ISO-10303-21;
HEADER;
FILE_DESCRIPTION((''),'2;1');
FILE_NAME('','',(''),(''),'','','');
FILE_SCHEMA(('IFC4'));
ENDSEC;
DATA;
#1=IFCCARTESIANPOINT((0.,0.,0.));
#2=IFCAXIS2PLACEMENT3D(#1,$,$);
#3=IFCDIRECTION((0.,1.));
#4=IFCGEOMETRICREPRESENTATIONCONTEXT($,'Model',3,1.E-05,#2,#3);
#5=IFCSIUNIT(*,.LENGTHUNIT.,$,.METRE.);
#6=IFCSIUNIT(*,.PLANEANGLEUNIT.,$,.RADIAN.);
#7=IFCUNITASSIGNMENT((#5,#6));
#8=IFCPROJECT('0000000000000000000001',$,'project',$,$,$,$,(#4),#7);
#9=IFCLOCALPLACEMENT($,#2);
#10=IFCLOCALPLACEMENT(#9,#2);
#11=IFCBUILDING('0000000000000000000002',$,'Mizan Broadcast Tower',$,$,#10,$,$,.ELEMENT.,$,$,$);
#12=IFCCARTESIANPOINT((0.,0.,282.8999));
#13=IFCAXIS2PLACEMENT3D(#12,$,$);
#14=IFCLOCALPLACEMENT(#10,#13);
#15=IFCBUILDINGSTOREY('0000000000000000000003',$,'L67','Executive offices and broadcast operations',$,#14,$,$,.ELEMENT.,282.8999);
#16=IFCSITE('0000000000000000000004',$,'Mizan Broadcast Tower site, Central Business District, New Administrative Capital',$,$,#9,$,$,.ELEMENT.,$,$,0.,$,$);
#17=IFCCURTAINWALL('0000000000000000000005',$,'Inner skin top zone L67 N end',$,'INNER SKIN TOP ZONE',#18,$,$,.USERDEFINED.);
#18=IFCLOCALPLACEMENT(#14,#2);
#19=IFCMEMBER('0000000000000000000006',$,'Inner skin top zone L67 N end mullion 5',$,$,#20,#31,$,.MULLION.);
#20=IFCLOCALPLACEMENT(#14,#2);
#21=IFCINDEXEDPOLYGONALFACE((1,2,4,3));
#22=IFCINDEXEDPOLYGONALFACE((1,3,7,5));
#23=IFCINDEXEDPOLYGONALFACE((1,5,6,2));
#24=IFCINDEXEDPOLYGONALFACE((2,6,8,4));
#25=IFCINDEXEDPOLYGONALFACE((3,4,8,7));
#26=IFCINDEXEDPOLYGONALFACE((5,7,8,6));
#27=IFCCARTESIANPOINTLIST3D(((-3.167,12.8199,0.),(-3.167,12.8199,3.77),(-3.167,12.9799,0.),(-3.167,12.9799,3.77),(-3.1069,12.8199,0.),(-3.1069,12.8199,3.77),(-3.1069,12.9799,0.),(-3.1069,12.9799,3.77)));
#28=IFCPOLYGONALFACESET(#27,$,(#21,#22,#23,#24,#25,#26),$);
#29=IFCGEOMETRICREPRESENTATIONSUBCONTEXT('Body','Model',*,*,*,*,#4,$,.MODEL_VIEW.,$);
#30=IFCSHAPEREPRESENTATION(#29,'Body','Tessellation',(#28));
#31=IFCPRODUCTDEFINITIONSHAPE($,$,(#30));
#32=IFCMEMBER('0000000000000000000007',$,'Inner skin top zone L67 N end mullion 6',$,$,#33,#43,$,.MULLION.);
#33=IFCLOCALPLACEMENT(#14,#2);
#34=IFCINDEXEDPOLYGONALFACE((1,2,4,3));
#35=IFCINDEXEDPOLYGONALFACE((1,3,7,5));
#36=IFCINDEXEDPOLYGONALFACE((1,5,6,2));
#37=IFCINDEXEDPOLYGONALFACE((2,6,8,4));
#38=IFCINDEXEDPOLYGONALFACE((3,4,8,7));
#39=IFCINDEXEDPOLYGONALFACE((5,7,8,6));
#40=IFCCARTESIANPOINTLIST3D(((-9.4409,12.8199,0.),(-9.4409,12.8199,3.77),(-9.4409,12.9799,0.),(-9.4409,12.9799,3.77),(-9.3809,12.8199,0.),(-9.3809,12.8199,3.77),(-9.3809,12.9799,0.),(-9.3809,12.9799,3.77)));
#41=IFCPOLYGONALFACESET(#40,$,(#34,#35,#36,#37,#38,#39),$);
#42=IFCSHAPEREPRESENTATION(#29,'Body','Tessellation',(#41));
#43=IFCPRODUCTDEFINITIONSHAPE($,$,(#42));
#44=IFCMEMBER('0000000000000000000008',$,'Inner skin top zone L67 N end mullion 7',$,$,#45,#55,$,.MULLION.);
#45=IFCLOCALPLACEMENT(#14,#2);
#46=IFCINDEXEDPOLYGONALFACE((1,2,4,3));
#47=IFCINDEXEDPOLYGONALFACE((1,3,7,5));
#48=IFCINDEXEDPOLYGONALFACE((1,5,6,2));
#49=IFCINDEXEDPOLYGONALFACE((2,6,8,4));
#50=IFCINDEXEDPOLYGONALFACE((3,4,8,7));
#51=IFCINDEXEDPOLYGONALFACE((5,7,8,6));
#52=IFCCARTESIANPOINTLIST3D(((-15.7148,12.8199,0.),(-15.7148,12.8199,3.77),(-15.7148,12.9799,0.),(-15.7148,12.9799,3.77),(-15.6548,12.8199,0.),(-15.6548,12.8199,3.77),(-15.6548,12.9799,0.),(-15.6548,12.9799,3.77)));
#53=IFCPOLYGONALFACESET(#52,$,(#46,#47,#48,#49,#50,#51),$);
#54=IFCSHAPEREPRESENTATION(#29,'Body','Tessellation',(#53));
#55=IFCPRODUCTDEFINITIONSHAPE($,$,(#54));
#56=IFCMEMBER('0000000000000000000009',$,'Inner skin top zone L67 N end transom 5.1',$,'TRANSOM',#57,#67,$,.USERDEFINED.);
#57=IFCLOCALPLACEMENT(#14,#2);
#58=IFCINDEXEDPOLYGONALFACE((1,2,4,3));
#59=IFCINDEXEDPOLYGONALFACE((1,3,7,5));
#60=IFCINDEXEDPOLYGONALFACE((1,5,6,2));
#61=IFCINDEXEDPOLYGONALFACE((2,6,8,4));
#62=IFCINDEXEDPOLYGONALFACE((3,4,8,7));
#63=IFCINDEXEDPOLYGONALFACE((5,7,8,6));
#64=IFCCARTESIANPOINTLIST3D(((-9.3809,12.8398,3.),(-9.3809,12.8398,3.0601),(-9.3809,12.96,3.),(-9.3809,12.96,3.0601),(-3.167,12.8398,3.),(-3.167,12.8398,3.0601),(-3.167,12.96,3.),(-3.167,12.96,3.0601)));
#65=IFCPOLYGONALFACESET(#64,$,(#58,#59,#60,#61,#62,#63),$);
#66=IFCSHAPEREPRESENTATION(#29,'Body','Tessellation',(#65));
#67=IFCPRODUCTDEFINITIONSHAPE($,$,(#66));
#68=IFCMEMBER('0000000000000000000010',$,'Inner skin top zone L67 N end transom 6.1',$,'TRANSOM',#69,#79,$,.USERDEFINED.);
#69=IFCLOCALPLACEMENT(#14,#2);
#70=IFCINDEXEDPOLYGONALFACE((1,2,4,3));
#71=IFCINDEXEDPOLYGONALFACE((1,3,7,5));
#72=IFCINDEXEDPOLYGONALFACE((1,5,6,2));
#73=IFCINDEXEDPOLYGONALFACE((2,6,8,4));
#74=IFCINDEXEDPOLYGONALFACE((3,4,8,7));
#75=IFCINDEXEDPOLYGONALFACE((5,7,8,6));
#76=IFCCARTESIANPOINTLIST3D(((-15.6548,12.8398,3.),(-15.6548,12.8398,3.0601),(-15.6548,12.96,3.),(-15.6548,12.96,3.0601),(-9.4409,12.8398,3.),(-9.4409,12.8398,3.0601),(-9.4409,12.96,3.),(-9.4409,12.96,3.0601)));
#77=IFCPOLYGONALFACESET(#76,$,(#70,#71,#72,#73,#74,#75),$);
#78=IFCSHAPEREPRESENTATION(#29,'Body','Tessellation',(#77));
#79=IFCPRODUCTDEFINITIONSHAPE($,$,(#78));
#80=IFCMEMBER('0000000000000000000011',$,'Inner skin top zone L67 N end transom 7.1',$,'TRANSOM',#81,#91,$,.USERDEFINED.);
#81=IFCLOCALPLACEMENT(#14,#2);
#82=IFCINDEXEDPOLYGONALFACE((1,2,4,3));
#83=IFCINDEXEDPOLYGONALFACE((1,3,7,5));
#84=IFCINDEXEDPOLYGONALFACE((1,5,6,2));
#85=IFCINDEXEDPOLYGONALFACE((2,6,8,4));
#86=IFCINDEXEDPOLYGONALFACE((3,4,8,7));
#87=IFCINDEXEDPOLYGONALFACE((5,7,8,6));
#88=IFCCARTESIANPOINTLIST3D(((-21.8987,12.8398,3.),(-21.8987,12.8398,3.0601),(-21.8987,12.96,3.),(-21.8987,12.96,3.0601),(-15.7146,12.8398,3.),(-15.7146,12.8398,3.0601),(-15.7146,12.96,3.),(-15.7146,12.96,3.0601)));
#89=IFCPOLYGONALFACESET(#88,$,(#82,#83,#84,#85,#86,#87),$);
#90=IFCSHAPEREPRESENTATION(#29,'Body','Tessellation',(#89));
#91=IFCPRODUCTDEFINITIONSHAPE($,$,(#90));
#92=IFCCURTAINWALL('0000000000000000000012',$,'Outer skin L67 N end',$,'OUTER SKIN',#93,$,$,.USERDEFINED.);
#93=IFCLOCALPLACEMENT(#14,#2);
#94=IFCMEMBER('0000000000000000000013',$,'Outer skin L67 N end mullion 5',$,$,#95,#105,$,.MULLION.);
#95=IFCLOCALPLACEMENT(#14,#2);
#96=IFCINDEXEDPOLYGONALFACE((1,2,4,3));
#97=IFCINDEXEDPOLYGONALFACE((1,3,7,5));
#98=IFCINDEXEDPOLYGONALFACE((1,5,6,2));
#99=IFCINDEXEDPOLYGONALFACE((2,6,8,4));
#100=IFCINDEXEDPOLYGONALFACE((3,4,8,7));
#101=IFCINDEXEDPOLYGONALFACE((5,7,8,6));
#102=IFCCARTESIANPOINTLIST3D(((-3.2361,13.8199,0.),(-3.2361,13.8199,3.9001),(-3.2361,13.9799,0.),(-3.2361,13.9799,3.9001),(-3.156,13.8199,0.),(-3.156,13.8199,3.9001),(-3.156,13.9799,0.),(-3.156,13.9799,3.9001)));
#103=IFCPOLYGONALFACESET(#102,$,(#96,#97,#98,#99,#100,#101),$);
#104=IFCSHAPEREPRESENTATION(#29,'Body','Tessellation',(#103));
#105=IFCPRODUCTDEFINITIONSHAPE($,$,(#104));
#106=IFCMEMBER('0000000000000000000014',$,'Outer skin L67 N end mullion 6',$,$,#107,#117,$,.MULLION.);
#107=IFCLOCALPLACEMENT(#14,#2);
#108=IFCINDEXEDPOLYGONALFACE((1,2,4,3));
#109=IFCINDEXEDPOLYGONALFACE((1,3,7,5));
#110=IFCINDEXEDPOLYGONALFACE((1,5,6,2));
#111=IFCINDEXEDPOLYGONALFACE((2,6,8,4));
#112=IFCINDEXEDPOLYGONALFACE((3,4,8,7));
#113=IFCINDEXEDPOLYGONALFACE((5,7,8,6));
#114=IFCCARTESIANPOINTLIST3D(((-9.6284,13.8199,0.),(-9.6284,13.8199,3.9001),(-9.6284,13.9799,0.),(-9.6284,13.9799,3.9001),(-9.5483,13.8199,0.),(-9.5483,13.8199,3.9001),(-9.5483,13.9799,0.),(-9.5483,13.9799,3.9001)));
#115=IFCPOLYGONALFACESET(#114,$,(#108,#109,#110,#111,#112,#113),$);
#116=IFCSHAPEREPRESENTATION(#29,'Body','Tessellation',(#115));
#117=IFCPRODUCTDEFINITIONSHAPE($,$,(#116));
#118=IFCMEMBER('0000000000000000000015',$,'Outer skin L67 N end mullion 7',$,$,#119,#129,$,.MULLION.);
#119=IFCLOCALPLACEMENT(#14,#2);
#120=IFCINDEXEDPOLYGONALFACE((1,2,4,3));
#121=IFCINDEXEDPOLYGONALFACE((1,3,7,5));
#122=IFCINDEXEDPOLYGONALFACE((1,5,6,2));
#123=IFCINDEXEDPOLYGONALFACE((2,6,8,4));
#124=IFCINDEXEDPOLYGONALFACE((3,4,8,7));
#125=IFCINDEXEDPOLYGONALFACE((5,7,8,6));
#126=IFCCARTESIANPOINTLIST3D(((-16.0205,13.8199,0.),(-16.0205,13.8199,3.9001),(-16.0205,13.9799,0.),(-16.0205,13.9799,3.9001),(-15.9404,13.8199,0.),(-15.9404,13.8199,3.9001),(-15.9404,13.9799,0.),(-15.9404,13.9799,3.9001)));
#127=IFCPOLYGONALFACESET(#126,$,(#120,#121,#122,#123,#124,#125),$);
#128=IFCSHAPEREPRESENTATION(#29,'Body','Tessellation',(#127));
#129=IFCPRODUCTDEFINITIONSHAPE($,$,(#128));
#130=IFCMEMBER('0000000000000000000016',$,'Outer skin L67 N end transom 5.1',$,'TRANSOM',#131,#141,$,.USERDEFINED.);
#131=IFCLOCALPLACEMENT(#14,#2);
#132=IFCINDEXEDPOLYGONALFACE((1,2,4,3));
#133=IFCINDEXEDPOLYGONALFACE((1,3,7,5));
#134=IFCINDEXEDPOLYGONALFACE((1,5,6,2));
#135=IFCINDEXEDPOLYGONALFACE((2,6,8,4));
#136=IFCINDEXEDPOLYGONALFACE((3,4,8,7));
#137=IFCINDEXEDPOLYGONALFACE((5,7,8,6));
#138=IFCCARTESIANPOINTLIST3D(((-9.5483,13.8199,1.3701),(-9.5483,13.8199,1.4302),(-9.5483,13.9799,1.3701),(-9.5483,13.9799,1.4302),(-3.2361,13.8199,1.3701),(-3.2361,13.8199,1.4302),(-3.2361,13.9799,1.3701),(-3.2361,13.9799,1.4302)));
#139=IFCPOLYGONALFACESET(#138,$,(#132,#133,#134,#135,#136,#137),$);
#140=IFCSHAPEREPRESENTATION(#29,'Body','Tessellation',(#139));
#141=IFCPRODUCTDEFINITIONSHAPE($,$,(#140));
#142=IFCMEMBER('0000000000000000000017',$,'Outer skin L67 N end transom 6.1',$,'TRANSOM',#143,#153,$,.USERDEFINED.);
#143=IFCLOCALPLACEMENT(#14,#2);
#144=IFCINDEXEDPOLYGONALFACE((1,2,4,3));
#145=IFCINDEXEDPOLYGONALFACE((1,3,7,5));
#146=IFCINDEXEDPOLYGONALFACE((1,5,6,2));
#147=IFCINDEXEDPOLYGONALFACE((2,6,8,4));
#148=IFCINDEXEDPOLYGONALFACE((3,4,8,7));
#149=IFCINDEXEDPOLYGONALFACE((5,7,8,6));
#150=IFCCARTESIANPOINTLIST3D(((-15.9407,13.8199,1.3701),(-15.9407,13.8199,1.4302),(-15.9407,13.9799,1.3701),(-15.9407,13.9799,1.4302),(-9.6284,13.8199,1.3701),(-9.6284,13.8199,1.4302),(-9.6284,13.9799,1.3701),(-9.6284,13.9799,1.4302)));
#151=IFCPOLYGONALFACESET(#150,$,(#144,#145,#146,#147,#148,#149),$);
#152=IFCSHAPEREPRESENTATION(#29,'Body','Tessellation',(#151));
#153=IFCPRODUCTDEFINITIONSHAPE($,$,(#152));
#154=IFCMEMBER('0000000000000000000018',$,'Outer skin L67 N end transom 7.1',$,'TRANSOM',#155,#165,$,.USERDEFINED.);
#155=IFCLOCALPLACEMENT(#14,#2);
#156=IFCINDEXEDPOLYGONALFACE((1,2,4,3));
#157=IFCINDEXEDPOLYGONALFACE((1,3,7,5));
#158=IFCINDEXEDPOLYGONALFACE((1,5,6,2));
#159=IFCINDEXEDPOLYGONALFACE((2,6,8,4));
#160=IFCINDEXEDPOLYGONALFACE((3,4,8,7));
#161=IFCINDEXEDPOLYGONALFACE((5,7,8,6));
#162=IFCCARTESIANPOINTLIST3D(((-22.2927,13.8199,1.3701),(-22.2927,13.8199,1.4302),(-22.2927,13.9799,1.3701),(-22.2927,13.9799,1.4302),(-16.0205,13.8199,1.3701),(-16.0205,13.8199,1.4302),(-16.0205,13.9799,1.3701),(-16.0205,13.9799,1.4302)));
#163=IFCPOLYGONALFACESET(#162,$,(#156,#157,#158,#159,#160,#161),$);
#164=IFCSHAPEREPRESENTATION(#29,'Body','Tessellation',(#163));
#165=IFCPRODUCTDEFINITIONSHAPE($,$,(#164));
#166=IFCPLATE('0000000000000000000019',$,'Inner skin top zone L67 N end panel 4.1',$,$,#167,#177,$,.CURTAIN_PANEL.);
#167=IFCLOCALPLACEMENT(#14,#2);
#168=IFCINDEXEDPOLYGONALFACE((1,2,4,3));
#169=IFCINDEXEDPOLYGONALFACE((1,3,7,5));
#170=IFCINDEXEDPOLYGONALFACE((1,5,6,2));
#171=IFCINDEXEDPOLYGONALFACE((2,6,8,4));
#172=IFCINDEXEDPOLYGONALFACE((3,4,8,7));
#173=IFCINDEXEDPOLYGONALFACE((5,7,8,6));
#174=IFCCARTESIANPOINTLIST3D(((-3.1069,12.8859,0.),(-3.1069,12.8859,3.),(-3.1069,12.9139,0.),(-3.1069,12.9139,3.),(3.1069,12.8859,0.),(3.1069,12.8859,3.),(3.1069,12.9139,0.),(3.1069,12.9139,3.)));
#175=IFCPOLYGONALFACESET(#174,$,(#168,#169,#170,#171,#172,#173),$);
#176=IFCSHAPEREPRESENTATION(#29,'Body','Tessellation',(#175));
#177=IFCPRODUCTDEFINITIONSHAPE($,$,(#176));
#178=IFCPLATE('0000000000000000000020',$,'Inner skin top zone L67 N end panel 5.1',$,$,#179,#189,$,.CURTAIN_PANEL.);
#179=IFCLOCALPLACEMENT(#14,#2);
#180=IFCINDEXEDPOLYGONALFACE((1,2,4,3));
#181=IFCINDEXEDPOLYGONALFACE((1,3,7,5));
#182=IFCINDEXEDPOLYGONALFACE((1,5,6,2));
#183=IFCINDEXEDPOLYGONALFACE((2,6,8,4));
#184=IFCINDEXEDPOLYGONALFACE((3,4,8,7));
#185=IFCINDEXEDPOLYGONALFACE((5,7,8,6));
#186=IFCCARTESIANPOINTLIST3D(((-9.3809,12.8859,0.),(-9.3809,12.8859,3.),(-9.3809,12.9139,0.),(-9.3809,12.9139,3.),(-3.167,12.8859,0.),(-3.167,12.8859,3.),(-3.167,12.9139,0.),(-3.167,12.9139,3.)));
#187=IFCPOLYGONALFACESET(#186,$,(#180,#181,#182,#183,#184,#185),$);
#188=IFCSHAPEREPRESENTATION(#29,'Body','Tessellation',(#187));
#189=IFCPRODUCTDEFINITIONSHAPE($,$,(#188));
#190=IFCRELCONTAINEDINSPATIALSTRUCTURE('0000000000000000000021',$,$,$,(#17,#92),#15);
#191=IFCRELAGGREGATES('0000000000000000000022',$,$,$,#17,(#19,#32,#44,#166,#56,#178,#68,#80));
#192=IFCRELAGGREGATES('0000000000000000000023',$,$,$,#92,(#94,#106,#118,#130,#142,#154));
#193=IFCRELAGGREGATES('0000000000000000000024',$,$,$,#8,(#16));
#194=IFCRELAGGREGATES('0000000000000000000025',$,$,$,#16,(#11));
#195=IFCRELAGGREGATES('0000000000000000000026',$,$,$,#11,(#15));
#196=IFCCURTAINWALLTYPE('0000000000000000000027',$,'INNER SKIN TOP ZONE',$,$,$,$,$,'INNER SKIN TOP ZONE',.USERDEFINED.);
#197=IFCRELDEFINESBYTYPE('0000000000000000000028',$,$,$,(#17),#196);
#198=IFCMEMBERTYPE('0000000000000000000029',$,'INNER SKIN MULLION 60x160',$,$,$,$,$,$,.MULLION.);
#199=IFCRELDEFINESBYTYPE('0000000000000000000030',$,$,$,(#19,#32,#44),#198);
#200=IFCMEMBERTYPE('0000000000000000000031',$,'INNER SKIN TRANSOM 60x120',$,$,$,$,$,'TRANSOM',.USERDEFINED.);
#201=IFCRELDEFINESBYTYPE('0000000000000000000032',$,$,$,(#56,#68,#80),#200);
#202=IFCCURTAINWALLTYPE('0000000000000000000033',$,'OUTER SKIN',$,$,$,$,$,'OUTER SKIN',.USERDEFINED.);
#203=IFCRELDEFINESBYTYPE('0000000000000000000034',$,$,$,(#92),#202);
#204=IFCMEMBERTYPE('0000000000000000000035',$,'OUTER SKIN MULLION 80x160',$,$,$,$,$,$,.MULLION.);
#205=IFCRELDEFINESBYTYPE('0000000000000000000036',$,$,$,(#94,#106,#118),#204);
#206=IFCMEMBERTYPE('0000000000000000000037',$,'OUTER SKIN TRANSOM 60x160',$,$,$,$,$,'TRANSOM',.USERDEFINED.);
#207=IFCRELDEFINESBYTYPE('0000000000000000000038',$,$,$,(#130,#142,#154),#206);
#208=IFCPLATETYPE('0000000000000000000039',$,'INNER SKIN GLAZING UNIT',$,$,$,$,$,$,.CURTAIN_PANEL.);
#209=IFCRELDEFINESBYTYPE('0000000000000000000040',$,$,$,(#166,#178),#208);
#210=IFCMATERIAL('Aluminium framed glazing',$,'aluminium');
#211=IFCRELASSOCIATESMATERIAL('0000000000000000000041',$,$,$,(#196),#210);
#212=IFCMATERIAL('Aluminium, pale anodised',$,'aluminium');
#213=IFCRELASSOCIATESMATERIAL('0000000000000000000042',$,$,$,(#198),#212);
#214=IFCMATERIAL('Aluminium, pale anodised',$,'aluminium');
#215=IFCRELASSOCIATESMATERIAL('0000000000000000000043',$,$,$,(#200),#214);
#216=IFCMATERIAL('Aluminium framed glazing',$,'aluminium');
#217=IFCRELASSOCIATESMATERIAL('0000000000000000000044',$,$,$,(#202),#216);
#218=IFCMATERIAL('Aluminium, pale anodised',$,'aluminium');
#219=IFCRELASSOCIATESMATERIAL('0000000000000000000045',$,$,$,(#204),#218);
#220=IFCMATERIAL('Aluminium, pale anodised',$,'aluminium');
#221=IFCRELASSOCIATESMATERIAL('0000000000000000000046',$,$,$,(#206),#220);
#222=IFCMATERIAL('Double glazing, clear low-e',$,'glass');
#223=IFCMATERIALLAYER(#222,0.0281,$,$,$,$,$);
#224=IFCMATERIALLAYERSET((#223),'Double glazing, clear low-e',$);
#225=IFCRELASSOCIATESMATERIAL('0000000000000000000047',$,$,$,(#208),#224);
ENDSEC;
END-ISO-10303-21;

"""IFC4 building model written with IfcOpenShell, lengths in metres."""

from ifc_helpers import new_model, si_unit, direction, frame, origin, origin_2d, place, context, subcontext, project, spatial, rectangle, extrude, material, layer, layer_set, material_profile, profile_set, type_object, element, aggregate, save


model = new_model("IFC4")

# Units and contexts
model_context = context("Model", 3, precision=1e-05, world=origin(), true_north=direction((0.0, 1.0)))
body_context = subcontext(model_context, "Body", "Model", "MODEL_VIEW")
ifc_project = project(units=[si_unit("LENGTHUNIT", "METRE"), si_unit("PLANEANGLEUNIT", "RADIAN")], contexts=[model_context])

# Site, building, storey
site_placement = place(None, origin())
site = spatial("IfcSite", under=ifc_project, at=site_placement, Name="Mizan Broadcast Tower site, Central Business District, New Administrative Capital", CompositionType="ELEMENT", RefElevation=0.0)
building_placement = place(site_placement, origin())
building = spatial("IfcBuilding", under=site, at=building_placement, Name="Mizan Broadcast Tower", CompositionType="ELEMENT")
storey_placement = place(building_placement, frame((0.0, 0.0, 282.8999)))
storey = spatial("IfcBuildingStorey", under=building, at=storey_placement, Name="L67", Description="Executive offices and broadcast operations", CompositionType="ELEMENT", Elevation=282.8999)

# Curtain walls, members
ifc_material_1 = material(Name="Aluminium framed glazing", Category="aluminium")
curtain_wall_type_1 = type_object("IfcCurtainWallType", Name="INNER SKIN TOP ZONE", ElementType="INNER SKIN TOP ZONE", PredefinedType="USERDEFINED", material=ifc_material_1)
curtain_wall_1_placement = place(storey_placement, origin())
curtain_wall_1 = element("IfcCurtainWall", 1, at=curtain_wall_1_placement, inside=storey, type_object=curtain_wall_type_1, Name="Inner skin top zone L67 N end", ObjectType="INNER SKIN TOP ZONE", PredefinedType="USERDEFINED")
ifc_material_2 = material(Name="Aluminium, pale anodised", Category="aluminium")
ifc_material_profile_1 = material_profile(ifc_material_2, rectangle(XDim=0.1599, YDim=0.0601, at=origin_2d()), Name="MULLION 160x60")
ifc_profile_set_1 = profile_set([ifc_material_profile_1], Name="Aluminium, pale anodised")
member_type_1 = type_object("IfcMemberType", Name="INNER SKIN MULLION 60x160", PredefinedType="MULLION", material=ifc_profile_set_1)
member_1_placement = place(storey_placement, frame((-3.137, 12.8999, 0.0), z_axis=(0.0, 0.0, 1.0), x_axis=(0.0, -1.0, 0.0)))
member_1 = element("IfcMember", 2, at=member_1_placement, type_object=member_type_1, Name="Inner skin top zone L67 N end mullion 5", PredefinedType="MULLION", context=body_context, shape_type="SweptSolid", body=[
    extrude(rectangle(XDim=0.1599, YDim=0.0601, at=origin_2d()), origin(), (0.0, 0.0, 1.0), 3.77),
])
member_2_placement = place(storey_placement, frame((-9.4109, 12.8999, 0.0), z_axis=(0.0, 0.0, 1.0), x_axis=(0.0, -1.0, 0.0)))
member_2 = element("IfcMember", 3, at=member_2_placement, type_object=member_type_1, Name="Inner skin top zone L67 N end mullion 6", PredefinedType="MULLION", context=body_context, shape_type="SweptSolid", body=[
    extrude(rectangle(XDim=0.1599, YDim=0.0601, at=origin_2d()), origin(), (0.0, 0.0, 1.0), 3.77),
])
member_3_placement = place(storey_placement, frame((-15.6848, 12.8999, 0.0), z_axis=(0.0, 0.0, 1.0), x_axis=(0.0, -1.0, 0.0)))
member_3 = element("IfcMember", 4, at=member_3_placement, type_object=member_type_1, Name="Inner skin top zone L67 N end mullion 7", PredefinedType="MULLION", context=body_context, shape_type="SweptSolid", body=[
    extrude(rectangle(XDim=0.1599, YDim=0.0601, at=origin_2d()), origin(), (0.0, 0.0, 1.0), 3.77),
])
ifc_material_3 = material(Name="Aluminium, pale anodised", Category="aluminium")
ifc_material_profile_2 = material_profile(ifc_material_3, rectangle(XDim=0.1201, YDim=0.0601, at=origin_2d()), Name="TRANSOM 120x60")
ifc_profile_set_2 = profile_set([ifc_material_profile_2], Name="Aluminium, pale anodised")
member_type_2 = type_object("IfcMemberType", Name="INNER SKIN TRANSOM 60x120", ElementType="TRANSOM", PredefinedType="USERDEFINED", material=ifc_profile_set_2)
member_4_placement = place(storey_placement, frame((-3.167, 12.8999, 3.03), z_axis=(-1.0, 0.0, 0.0), x_axis=(0.0, -1.0, 0.0)))
member_4 = element("IfcMember", 5, at=member_4_placement, type_object=member_type_2, Name="Inner skin top zone L67 N end transom 5.1", ObjectType="TRANSOM", PredefinedType="USERDEFINED", context=body_context, shape_type="SweptSolid", body=[
    extrude(rectangle(XDim=0.1201, YDim=0.0601, at=origin_2d()), origin(), (0.0, 0.0, 1.0), 6.2139),
])
member_5_placement = place(storey_placement, frame((-9.4409, 12.8999, 3.03), z_axis=(-1.0, 0.0, 0.0), x_axis=(0.0, -1.0, 0.0)))
member_5 = element("IfcMember", 6, at=member_5_placement, type_object=member_type_2, Name="Inner skin top zone L67 N end transom 6.1", ObjectType="TRANSOM", PredefinedType="USERDEFINED", context=body_context, shape_type="SweptSolid", body=[
    extrude(rectangle(XDim=0.1201, YDim=0.0601, at=origin_2d()), origin(), (0.0, 0.0, 1.0), 6.2139),
])
member_6_placement = place(storey_placement, frame((-15.7146, 12.8999, 3.03), z_axis=(-1.0, 0.0, 0.0), x_axis=(0.0, -1.0, 0.0)))
member_6 = element("IfcMember", 7, at=member_6_placement, type_object=member_type_2, Name="Inner skin top zone L67 N end transom 7.1", ObjectType="TRANSOM", PredefinedType="USERDEFINED", context=body_context, shape_type="SweptSolid", body=[
    extrude(rectangle(XDim=0.1201, YDim=0.0601, at=origin_2d()), origin(), (0.0, 0.0, 1.0), 6.1841),
])
ifc_material_4 = material(Name="Aluminium framed glazing", Category="aluminium")
curtain_wall_type_2 = type_object("IfcCurtainWallType", Name="OUTER SKIN", ElementType="OUTER SKIN", PredefinedType="USERDEFINED", material=ifc_material_4)
curtain_wall_2_placement = place(storey_placement, origin())
curtain_wall_2 = element("IfcCurtainWall", 8, at=curtain_wall_2_placement, inside=storey, type_object=curtain_wall_type_2, Name="Outer skin L67 N end", ObjectType="OUTER SKIN", PredefinedType="USERDEFINED")
ifc_material_5 = material(Name="Aluminium, pale anodised", Category="aluminium")
ifc_material_profile_3 = material_profile(ifc_material_5, rectangle(XDim=0.1599, YDim=0.0801, at=origin_2d()), Name="MULLION 160x80")
ifc_profile_set_3 = profile_set([ifc_material_profile_3], Name="Aluminium, pale anodised")
member_type_3 = type_object("IfcMemberType", Name="OUTER SKIN MULLION 80x160", PredefinedType="MULLION", material=ifc_profile_set_3)
member_7_placement = place(storey_placement, frame((-3.196, 13.8999, 0.0), z_axis=(0.0, 0.0, 1.0), x_axis=(0.0, -1.0, 0.0)))
member_7 = element("IfcMember", 9, at=member_7_placement, type_object=member_type_3, Name="Outer skin L67 N end mullion 5", PredefinedType="MULLION", context=body_context, shape_type="SweptSolid", body=[
    extrude(rectangle(XDim=0.1599, YDim=0.0801, at=origin_2d()), origin(), (0.0, 0.0, 1.0), 3.9001),
])
member_8_placement = place(storey_placement, frame((-9.5884, 13.8999, 0.0), z_axis=(0.0, 0.0, 1.0), x_axis=(0.0, -1.0, 0.0)))
member_8 = element("IfcMember", 10, at=member_8_placement, type_object=member_type_3, Name="Outer skin L67 N end mullion 6", PredefinedType="MULLION", context=body_context, shape_type="SweptSolid", body=[
    extrude(rectangle(XDim=0.1599, YDim=0.0801, at=origin_2d()), origin(), (0.0, 0.0, 1.0), 3.9001),
])
member_9_placement = place(storey_placement, frame((-15.9805, 13.8999, 0.0), z_axis=(0.0, 0.0, 1.0), x_axis=(0.0, -1.0, 0.0)))
member_9 = element("IfcMember", 11, at=member_9_placement, type_object=member_type_3, Name="Outer skin L67 N end mullion 7", PredefinedType="MULLION", context=body_context, shape_type="SweptSolid", body=[
    extrude(rectangle(XDim=0.1599, YDim=0.0801, at=origin_2d()), origin(), (0.0, 0.0, 1.0), 3.9001),
])
ifc_material_6 = material(Name="Aluminium, pale anodised", Category="aluminium")
ifc_material_profile_4 = material_profile(ifc_material_6, rectangle(XDim=0.1599, YDim=0.0601, at=origin_2d()), Name="TRANSOM 160x60")
ifc_profile_set_4 = profile_set([ifc_material_profile_4], Name="Aluminium, pale anodised")
member_type_4 = type_object("IfcMemberType", Name="OUTER SKIN TRANSOM 60x160", ElementType="TRANSOM", PredefinedType="USERDEFINED", material=ifc_profile_set_4)
member_10_placement = place(storey_placement, frame((-3.2361, 13.8999, 1.4001), z_axis=(-1.0, 0.0, 0.0), x_axis=(0.0, -1.0, 0.0)))
member_10 = element("IfcMember", 12, at=member_10_placement, type_object=member_type_4, Name="Outer skin L67 N end transom 5.1", ObjectType="TRANSOM", PredefinedType="USERDEFINED", context=body_context, shape_type="SweptSolid", body=[
    extrude(rectangle(XDim=0.1599, YDim=0.0601, at=origin_2d()), origin(), (0.0, 0.0, 1.0), 6.3123),
])
member_11_placement = place(storey_placement, frame((-9.6284, 13.8999, 1.4001), z_axis=(-1.0, 0.0, 0.0), x_axis=(0.0, -1.0, 0.0)))
member_11 = element("IfcMember", 13, at=member_11_placement, type_object=member_type_4, Name="Outer skin L67 N end transom 6.1", ObjectType="TRANSOM", PredefinedType="USERDEFINED", context=body_context, shape_type="SweptSolid", body=[
    extrude(rectangle(XDim=0.1599, YDim=0.0601, at=origin_2d()), origin(), (0.0, 0.0, 1.0), 6.3123),
])
member_12_placement = place(storey_placement, frame((-16.0205, 13.8999, 1.4001), z_axis=(-1.0, 0.0, 0.0), x_axis=(0.0, -1.0, 0.0)))
member_12 = element("IfcMember", 14, at=member_12_placement, type_object=member_type_4, Name="Outer skin L67 N end transom 7.1", ObjectType="TRANSOM", PredefinedType="USERDEFINED", context=body_context, shape_type="SweptSolid", body=[
    extrude(rectangle(XDim=0.1599, YDim=0.0601, at=origin_2d()), origin(), (0.0, 0.0, 1.0), 6.2722),
])

# Plates
ifc_material_7 = material(Name="Double glazing, clear low-e", Category="glass")
ifc_layer_1 = layer(ifc_material_7, 0.0281)
ifc_layer_set_1 = layer_set([ifc_layer_1], Name="Double glazing, clear low-e")
plate_type_1 = type_object("IfcPlateType", Name="INNER SKIN GLAZING UNIT", PredefinedType="CURTAIN_PANEL", material=ifc_layer_set_1)
plate_1_placement = place(storey_placement, frame((0.0, 12.8999, 0.0), z_axis=(0.0, 0.0, 1.0), x_axis=(-1.0, 0.0, 0.0)))
plate_1 = element("IfcPlate", 15, at=plate_1_placement, type_object=plate_type_1, Name="Inner skin top zone L67 N end panel 4.1", PredefinedType="CURTAIN_PANEL", context=body_context, shape_type="SweptSolid", body=[
    extrude(rectangle(XDim=6.2139, YDim=0.0281, at=origin_2d()), origin(), (0.0, 0.0, 1.0), 3.0),
])
plate_2_placement = place(storey_placement, frame((-6.2739, 12.8999, 0.0), z_axis=(0.0, 0.0, 1.0), x_axis=(-1.0, 0.0, 0.0)))
plate_2 = element("IfcPlate", 16, at=plate_2_placement, type_object=plate_type_1, Name="Inner skin top zone L67 N end panel 5.1", PredefinedType="CURTAIN_PANEL", context=body_context, shape_type="SweptSolid", body=[
    extrude(rectangle(XDim=6.2139, YDim=0.0281, at=origin_2d()), origin(), (0.0, 0.0, 1.0), 3.0),
])
aggregate(curtain_wall_1, [member_1, member_2, member_3, plate_1, member_4, plate_2, member_5, member_6])
aggregate(curtain_wall_2, [member_7, member_8, member_9, member_10, member_11, member_12])

save(model, "model.ifc")
